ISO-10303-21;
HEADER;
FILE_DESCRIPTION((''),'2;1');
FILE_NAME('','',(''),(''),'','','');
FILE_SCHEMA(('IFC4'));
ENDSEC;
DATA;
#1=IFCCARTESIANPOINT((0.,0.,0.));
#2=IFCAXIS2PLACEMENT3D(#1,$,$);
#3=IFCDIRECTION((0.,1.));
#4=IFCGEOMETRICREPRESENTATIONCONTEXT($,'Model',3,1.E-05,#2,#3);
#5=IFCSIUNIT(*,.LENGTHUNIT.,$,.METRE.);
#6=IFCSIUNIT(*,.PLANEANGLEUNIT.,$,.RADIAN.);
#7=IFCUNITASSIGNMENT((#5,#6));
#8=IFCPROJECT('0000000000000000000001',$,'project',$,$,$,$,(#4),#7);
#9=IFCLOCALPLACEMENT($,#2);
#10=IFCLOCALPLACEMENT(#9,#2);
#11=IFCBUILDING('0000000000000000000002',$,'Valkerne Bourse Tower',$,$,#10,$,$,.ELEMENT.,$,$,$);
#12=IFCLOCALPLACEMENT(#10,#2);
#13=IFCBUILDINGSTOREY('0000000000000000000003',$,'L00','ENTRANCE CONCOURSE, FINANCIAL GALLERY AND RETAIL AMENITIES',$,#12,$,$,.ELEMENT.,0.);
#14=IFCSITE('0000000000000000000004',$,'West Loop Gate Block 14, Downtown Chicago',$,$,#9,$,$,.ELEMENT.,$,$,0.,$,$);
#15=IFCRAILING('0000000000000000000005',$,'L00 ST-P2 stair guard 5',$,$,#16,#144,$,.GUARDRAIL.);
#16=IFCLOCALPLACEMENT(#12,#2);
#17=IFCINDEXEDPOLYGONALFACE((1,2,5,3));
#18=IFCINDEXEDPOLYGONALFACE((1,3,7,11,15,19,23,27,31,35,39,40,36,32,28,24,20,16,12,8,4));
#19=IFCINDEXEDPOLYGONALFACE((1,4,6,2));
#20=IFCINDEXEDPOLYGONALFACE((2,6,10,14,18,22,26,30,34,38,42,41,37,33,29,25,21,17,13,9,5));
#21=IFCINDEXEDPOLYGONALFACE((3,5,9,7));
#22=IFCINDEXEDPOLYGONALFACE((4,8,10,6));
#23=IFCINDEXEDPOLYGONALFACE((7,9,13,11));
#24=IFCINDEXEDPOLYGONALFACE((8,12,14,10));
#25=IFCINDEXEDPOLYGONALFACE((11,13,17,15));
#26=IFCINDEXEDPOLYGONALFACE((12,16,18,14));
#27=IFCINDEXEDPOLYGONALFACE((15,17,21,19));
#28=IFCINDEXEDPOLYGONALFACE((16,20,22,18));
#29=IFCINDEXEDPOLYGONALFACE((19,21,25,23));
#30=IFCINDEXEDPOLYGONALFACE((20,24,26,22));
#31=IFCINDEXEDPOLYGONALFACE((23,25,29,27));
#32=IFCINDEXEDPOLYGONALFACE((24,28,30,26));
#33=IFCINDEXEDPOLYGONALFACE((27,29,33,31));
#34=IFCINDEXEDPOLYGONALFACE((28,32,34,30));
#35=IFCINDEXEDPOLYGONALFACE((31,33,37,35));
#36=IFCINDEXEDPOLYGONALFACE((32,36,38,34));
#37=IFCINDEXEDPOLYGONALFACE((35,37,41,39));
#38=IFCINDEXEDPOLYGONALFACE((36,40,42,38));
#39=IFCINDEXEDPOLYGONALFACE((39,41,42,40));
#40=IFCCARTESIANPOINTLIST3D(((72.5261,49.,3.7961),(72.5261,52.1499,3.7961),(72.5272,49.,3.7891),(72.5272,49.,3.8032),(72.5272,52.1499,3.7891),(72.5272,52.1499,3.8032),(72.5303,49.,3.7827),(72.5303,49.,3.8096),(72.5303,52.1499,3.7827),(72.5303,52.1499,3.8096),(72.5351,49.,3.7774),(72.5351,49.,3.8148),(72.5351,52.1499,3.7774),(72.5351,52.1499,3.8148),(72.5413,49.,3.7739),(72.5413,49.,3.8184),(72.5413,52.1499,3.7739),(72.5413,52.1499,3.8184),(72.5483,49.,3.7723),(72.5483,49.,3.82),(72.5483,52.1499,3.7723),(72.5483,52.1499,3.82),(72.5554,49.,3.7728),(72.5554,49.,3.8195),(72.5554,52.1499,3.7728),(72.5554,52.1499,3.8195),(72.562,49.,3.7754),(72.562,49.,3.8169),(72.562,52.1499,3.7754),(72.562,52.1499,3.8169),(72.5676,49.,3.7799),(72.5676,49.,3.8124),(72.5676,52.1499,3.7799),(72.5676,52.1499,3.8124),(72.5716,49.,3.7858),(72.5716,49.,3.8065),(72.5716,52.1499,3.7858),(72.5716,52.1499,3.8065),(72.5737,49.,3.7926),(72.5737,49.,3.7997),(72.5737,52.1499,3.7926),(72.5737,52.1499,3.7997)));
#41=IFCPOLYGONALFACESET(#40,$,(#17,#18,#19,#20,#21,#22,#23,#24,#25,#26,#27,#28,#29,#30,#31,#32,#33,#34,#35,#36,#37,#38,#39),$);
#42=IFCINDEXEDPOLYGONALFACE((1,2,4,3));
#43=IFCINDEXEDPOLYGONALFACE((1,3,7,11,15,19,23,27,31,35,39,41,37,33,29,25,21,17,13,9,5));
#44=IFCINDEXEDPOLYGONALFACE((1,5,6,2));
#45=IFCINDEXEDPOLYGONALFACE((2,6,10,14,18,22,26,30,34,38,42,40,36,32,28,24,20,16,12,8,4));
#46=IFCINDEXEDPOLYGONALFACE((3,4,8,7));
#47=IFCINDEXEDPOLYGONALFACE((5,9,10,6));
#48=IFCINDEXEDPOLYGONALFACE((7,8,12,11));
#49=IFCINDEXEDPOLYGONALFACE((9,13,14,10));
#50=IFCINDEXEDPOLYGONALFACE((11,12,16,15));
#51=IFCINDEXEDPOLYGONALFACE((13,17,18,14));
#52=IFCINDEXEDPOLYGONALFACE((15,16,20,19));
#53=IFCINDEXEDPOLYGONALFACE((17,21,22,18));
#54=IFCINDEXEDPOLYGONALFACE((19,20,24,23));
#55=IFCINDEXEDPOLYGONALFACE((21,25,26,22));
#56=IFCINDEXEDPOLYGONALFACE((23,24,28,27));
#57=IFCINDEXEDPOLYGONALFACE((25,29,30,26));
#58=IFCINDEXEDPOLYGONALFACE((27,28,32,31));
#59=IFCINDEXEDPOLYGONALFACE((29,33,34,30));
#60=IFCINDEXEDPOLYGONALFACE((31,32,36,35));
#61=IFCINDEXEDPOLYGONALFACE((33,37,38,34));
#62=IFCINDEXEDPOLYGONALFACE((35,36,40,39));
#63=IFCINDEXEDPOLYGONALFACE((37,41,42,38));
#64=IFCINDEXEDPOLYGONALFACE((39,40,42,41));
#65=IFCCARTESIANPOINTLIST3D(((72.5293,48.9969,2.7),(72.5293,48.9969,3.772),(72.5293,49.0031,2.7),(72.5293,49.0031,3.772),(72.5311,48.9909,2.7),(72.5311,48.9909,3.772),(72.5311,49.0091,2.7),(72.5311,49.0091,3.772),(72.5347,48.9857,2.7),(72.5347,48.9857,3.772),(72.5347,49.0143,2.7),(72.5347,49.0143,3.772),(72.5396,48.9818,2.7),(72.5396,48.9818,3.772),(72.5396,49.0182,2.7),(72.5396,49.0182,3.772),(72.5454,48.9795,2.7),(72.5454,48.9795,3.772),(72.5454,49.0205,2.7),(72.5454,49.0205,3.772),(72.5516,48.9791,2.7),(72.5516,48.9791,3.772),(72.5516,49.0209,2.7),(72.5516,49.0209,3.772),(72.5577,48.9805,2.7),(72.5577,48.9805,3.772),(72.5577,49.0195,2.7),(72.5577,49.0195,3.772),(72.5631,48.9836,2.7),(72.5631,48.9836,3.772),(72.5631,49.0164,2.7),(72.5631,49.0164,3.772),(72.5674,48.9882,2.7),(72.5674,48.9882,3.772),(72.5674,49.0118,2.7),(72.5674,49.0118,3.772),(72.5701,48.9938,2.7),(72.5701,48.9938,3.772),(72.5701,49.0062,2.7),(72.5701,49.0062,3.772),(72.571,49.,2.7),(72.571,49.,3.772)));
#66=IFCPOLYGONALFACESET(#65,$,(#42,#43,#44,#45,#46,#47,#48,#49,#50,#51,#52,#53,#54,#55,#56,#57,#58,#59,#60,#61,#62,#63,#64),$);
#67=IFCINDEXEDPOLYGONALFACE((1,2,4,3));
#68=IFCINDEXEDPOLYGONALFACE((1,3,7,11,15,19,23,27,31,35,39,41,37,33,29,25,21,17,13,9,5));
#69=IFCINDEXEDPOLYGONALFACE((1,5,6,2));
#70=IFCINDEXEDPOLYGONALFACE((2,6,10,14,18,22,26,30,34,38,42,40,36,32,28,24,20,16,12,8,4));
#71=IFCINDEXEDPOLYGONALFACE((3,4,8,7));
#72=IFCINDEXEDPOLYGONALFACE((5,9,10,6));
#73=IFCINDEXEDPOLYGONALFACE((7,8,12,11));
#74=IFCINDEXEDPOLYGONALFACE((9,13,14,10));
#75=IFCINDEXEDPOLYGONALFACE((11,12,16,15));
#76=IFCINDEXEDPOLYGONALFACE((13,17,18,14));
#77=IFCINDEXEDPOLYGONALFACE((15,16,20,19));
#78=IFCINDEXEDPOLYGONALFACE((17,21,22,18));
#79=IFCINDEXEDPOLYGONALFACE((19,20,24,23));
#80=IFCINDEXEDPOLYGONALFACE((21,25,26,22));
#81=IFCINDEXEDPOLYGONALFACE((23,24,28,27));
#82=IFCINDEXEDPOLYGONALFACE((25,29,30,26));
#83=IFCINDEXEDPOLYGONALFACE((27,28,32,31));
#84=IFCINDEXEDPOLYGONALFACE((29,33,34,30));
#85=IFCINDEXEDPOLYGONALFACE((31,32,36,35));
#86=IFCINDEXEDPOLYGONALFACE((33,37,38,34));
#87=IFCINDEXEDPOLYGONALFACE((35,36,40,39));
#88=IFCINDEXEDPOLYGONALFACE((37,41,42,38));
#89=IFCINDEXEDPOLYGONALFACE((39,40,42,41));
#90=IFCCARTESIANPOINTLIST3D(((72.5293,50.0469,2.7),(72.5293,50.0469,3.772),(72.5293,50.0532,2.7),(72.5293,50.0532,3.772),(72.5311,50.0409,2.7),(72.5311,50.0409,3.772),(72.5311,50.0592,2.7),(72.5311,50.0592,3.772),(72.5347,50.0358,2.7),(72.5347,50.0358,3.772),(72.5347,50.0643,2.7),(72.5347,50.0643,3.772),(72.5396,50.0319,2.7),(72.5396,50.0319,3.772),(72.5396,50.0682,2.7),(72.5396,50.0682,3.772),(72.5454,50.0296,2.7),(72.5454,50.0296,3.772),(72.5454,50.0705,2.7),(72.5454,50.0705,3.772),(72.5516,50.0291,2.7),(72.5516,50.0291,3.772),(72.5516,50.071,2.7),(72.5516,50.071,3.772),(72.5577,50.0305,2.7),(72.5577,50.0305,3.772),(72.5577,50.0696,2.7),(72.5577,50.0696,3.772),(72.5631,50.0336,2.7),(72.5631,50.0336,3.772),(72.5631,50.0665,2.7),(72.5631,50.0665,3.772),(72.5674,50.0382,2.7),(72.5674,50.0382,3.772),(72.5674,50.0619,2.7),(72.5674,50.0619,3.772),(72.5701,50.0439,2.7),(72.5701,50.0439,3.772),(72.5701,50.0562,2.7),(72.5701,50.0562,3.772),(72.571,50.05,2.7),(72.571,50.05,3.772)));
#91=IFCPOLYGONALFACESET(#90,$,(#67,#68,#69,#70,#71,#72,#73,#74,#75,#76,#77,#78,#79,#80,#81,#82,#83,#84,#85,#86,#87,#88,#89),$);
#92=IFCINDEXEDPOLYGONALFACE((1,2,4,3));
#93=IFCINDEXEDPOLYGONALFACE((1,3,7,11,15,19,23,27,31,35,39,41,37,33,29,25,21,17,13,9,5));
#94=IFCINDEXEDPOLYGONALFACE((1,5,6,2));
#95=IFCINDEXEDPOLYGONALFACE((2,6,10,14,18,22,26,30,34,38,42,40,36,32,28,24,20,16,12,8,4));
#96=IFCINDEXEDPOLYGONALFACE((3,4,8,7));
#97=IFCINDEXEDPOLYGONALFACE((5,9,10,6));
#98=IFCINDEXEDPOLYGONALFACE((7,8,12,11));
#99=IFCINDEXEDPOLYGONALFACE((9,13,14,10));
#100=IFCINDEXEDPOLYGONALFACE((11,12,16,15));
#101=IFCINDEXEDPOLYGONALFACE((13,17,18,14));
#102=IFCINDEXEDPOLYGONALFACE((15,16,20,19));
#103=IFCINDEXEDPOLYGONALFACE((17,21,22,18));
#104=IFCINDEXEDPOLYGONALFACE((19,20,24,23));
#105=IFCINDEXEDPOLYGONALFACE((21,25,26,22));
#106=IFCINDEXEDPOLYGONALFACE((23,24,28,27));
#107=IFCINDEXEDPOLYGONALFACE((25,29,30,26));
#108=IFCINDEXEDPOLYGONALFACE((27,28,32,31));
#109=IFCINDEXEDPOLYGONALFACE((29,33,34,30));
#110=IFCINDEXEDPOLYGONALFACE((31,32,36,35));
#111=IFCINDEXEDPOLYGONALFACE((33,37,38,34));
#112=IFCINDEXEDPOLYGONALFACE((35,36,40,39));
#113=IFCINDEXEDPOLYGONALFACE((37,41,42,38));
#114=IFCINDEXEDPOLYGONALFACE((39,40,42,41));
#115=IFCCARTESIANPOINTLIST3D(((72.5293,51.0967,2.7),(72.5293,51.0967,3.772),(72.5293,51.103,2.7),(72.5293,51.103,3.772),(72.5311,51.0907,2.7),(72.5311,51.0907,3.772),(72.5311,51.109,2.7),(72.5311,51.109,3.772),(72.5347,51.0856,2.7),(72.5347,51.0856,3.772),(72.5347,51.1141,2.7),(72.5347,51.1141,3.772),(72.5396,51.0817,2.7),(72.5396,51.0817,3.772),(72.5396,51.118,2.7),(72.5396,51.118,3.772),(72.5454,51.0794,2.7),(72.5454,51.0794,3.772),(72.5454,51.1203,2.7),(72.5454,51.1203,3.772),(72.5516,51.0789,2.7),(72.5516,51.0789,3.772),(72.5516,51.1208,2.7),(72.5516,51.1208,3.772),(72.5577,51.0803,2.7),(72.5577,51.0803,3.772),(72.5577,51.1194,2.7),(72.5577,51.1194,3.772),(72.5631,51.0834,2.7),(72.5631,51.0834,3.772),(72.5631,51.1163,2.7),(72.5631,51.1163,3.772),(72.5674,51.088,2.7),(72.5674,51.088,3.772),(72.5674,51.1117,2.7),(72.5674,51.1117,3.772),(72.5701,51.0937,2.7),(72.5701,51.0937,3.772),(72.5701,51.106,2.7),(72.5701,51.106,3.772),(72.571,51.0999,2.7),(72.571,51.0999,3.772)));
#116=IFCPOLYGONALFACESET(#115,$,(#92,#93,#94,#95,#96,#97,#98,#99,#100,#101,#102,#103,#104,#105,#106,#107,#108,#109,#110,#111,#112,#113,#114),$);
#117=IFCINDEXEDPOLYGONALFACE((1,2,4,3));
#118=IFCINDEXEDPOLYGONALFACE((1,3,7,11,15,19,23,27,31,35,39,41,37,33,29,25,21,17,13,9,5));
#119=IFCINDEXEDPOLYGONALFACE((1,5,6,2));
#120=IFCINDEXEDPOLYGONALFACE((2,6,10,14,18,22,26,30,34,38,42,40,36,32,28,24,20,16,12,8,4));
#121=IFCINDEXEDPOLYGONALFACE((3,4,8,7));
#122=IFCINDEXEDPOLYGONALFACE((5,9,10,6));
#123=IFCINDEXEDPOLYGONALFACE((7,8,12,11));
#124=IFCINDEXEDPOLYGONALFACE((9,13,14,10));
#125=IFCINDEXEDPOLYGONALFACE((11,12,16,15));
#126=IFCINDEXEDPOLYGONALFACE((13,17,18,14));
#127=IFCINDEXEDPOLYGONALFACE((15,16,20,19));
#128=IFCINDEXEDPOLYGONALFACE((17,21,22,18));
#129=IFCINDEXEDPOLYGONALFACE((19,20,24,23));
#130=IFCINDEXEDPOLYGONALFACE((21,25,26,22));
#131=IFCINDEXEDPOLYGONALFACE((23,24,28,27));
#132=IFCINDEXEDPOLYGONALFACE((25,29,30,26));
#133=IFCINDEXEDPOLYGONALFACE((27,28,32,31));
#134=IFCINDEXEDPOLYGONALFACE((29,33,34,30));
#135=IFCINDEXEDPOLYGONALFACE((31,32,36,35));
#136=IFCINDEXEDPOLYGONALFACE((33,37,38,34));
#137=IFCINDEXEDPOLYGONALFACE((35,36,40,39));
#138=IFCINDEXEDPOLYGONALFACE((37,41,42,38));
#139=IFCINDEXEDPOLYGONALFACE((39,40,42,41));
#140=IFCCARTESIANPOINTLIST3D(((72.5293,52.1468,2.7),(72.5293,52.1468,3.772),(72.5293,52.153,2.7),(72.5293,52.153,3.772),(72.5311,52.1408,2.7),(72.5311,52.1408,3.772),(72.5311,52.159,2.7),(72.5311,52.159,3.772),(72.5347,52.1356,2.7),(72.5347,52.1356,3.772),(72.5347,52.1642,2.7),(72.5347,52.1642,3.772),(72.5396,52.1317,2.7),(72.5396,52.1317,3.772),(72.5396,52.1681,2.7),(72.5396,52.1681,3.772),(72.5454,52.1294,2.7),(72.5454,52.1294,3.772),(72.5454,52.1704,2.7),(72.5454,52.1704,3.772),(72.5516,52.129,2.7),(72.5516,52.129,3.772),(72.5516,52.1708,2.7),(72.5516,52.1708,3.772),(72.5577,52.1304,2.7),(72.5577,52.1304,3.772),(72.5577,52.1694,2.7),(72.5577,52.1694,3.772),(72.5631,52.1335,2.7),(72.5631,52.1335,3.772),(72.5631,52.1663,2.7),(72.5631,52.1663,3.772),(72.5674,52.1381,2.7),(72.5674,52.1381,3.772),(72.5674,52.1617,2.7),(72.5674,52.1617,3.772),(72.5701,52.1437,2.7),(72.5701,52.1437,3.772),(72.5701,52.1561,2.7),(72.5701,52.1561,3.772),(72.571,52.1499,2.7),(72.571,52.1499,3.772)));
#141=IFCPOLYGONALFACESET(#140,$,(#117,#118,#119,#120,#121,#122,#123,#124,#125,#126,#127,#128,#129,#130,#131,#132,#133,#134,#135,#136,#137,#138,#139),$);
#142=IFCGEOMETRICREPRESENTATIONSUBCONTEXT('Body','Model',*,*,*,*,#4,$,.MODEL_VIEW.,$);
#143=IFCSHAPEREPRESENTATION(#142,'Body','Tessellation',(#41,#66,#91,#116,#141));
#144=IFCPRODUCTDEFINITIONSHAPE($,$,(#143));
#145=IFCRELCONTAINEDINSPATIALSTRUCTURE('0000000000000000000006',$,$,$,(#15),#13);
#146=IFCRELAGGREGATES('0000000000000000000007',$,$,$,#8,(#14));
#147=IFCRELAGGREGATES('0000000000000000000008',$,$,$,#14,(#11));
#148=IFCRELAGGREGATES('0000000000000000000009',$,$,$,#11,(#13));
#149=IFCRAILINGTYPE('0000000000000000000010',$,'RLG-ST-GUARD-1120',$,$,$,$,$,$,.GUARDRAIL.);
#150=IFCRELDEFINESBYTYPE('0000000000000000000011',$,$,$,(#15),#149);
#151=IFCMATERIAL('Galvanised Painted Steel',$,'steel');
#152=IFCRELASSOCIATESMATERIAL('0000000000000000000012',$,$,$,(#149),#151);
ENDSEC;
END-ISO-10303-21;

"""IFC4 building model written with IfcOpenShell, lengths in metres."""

from ifc_helpers import new_model, si_unit, direction, frame, origin, origin_2d, place, context, subcontext, project, spatial, circle, extrude, material, type_object, element, save


model = new_model("IFC4")

# Units and contexts
model_context = context("Model", 3, precision=1e-05, world=origin(), true_north=direction((0.0, 1.0)))
body_context = subcontext(model_context, "Body", "Model", "MODEL_VIEW")
ifc_project = project(units=[si_unit("LENGTHUNIT", "METRE"), si_unit("PLANEANGLEUNIT", "RADIAN")], contexts=[model_context])

# Site, building, storey
site_placement = place(None, origin())
site = spatial("IfcSite", under=ifc_project, at=site_placement, Name="West Loop Gate Block 14, Downtown Chicago", CompositionType="ELEMENT", RefElevation=0.0)
building_placement = place(site_placement, origin())
building = spatial("IfcBuilding", under=site, at=building_placement, Name="Valkerne Bourse Tower", CompositionType="ELEMENT")
storey_placement = place(building_placement, origin())
storey = spatial("IfcBuildingStorey", under=building, at=storey_placement, Name="L00", Description="ENTRANCE CONCOURSE, FINANCIAL GALLERY AND RETAIL AMENITIES", CompositionType="ELEMENT", Elevation=0.0)

# Shared definitions
ifc_material_1 = material(Name="Galvanised Painted Steel", Category="steel")

# Railing
railing_type_1 = type_object("IfcRailingType", Name="RLG-ST-GUARD-1120", PredefinedType="GUARDRAIL", material=ifc_material_1)
railing_1_placement = place(storey_placement, frame((72.55, 49.0, 2.7)))
element("IfcRailing", 1, at=railing_1_placement, inside=storey, type_object=railing_type_1, Name="L00 ST-P2 stair guard 5", PredefinedType="GUARDRAIL", context=body_context, shape_type="SweptSolid", body=[
    extrude(circle(Radius=0.0239, at=origin_2d()), frame((0.0, 0.0, 1.0962), z_axis=(0.0, 1.0, 0.0), x_axis=(-1.0, 0.0, 0.0)), (0.0, 0.0, 1.0), 3.1499),
    extrude(circle(Radius=0.021, at=origin_2d()), origin(), (0.0, 0.0, 1.0), 1.072),
    extrude(circle(Radius=0.021, at=origin_2d()), frame((0.0, 1.05, 0.0)), (0.0, 0.0, 1.0), 1.072),
    extrude(circle(Radius=0.021, at=origin_2d()), frame((0.0, 2.0999, 0.0)), (0.0, 0.0, 1.0), 1.072),
    extrude(circle(Radius=0.021, at=origin_2d()), frame((0.0, 3.1499, 0.0)), (0.0, 0.0, 1.0), 1.072),
])

save(model, "model.ifc")
